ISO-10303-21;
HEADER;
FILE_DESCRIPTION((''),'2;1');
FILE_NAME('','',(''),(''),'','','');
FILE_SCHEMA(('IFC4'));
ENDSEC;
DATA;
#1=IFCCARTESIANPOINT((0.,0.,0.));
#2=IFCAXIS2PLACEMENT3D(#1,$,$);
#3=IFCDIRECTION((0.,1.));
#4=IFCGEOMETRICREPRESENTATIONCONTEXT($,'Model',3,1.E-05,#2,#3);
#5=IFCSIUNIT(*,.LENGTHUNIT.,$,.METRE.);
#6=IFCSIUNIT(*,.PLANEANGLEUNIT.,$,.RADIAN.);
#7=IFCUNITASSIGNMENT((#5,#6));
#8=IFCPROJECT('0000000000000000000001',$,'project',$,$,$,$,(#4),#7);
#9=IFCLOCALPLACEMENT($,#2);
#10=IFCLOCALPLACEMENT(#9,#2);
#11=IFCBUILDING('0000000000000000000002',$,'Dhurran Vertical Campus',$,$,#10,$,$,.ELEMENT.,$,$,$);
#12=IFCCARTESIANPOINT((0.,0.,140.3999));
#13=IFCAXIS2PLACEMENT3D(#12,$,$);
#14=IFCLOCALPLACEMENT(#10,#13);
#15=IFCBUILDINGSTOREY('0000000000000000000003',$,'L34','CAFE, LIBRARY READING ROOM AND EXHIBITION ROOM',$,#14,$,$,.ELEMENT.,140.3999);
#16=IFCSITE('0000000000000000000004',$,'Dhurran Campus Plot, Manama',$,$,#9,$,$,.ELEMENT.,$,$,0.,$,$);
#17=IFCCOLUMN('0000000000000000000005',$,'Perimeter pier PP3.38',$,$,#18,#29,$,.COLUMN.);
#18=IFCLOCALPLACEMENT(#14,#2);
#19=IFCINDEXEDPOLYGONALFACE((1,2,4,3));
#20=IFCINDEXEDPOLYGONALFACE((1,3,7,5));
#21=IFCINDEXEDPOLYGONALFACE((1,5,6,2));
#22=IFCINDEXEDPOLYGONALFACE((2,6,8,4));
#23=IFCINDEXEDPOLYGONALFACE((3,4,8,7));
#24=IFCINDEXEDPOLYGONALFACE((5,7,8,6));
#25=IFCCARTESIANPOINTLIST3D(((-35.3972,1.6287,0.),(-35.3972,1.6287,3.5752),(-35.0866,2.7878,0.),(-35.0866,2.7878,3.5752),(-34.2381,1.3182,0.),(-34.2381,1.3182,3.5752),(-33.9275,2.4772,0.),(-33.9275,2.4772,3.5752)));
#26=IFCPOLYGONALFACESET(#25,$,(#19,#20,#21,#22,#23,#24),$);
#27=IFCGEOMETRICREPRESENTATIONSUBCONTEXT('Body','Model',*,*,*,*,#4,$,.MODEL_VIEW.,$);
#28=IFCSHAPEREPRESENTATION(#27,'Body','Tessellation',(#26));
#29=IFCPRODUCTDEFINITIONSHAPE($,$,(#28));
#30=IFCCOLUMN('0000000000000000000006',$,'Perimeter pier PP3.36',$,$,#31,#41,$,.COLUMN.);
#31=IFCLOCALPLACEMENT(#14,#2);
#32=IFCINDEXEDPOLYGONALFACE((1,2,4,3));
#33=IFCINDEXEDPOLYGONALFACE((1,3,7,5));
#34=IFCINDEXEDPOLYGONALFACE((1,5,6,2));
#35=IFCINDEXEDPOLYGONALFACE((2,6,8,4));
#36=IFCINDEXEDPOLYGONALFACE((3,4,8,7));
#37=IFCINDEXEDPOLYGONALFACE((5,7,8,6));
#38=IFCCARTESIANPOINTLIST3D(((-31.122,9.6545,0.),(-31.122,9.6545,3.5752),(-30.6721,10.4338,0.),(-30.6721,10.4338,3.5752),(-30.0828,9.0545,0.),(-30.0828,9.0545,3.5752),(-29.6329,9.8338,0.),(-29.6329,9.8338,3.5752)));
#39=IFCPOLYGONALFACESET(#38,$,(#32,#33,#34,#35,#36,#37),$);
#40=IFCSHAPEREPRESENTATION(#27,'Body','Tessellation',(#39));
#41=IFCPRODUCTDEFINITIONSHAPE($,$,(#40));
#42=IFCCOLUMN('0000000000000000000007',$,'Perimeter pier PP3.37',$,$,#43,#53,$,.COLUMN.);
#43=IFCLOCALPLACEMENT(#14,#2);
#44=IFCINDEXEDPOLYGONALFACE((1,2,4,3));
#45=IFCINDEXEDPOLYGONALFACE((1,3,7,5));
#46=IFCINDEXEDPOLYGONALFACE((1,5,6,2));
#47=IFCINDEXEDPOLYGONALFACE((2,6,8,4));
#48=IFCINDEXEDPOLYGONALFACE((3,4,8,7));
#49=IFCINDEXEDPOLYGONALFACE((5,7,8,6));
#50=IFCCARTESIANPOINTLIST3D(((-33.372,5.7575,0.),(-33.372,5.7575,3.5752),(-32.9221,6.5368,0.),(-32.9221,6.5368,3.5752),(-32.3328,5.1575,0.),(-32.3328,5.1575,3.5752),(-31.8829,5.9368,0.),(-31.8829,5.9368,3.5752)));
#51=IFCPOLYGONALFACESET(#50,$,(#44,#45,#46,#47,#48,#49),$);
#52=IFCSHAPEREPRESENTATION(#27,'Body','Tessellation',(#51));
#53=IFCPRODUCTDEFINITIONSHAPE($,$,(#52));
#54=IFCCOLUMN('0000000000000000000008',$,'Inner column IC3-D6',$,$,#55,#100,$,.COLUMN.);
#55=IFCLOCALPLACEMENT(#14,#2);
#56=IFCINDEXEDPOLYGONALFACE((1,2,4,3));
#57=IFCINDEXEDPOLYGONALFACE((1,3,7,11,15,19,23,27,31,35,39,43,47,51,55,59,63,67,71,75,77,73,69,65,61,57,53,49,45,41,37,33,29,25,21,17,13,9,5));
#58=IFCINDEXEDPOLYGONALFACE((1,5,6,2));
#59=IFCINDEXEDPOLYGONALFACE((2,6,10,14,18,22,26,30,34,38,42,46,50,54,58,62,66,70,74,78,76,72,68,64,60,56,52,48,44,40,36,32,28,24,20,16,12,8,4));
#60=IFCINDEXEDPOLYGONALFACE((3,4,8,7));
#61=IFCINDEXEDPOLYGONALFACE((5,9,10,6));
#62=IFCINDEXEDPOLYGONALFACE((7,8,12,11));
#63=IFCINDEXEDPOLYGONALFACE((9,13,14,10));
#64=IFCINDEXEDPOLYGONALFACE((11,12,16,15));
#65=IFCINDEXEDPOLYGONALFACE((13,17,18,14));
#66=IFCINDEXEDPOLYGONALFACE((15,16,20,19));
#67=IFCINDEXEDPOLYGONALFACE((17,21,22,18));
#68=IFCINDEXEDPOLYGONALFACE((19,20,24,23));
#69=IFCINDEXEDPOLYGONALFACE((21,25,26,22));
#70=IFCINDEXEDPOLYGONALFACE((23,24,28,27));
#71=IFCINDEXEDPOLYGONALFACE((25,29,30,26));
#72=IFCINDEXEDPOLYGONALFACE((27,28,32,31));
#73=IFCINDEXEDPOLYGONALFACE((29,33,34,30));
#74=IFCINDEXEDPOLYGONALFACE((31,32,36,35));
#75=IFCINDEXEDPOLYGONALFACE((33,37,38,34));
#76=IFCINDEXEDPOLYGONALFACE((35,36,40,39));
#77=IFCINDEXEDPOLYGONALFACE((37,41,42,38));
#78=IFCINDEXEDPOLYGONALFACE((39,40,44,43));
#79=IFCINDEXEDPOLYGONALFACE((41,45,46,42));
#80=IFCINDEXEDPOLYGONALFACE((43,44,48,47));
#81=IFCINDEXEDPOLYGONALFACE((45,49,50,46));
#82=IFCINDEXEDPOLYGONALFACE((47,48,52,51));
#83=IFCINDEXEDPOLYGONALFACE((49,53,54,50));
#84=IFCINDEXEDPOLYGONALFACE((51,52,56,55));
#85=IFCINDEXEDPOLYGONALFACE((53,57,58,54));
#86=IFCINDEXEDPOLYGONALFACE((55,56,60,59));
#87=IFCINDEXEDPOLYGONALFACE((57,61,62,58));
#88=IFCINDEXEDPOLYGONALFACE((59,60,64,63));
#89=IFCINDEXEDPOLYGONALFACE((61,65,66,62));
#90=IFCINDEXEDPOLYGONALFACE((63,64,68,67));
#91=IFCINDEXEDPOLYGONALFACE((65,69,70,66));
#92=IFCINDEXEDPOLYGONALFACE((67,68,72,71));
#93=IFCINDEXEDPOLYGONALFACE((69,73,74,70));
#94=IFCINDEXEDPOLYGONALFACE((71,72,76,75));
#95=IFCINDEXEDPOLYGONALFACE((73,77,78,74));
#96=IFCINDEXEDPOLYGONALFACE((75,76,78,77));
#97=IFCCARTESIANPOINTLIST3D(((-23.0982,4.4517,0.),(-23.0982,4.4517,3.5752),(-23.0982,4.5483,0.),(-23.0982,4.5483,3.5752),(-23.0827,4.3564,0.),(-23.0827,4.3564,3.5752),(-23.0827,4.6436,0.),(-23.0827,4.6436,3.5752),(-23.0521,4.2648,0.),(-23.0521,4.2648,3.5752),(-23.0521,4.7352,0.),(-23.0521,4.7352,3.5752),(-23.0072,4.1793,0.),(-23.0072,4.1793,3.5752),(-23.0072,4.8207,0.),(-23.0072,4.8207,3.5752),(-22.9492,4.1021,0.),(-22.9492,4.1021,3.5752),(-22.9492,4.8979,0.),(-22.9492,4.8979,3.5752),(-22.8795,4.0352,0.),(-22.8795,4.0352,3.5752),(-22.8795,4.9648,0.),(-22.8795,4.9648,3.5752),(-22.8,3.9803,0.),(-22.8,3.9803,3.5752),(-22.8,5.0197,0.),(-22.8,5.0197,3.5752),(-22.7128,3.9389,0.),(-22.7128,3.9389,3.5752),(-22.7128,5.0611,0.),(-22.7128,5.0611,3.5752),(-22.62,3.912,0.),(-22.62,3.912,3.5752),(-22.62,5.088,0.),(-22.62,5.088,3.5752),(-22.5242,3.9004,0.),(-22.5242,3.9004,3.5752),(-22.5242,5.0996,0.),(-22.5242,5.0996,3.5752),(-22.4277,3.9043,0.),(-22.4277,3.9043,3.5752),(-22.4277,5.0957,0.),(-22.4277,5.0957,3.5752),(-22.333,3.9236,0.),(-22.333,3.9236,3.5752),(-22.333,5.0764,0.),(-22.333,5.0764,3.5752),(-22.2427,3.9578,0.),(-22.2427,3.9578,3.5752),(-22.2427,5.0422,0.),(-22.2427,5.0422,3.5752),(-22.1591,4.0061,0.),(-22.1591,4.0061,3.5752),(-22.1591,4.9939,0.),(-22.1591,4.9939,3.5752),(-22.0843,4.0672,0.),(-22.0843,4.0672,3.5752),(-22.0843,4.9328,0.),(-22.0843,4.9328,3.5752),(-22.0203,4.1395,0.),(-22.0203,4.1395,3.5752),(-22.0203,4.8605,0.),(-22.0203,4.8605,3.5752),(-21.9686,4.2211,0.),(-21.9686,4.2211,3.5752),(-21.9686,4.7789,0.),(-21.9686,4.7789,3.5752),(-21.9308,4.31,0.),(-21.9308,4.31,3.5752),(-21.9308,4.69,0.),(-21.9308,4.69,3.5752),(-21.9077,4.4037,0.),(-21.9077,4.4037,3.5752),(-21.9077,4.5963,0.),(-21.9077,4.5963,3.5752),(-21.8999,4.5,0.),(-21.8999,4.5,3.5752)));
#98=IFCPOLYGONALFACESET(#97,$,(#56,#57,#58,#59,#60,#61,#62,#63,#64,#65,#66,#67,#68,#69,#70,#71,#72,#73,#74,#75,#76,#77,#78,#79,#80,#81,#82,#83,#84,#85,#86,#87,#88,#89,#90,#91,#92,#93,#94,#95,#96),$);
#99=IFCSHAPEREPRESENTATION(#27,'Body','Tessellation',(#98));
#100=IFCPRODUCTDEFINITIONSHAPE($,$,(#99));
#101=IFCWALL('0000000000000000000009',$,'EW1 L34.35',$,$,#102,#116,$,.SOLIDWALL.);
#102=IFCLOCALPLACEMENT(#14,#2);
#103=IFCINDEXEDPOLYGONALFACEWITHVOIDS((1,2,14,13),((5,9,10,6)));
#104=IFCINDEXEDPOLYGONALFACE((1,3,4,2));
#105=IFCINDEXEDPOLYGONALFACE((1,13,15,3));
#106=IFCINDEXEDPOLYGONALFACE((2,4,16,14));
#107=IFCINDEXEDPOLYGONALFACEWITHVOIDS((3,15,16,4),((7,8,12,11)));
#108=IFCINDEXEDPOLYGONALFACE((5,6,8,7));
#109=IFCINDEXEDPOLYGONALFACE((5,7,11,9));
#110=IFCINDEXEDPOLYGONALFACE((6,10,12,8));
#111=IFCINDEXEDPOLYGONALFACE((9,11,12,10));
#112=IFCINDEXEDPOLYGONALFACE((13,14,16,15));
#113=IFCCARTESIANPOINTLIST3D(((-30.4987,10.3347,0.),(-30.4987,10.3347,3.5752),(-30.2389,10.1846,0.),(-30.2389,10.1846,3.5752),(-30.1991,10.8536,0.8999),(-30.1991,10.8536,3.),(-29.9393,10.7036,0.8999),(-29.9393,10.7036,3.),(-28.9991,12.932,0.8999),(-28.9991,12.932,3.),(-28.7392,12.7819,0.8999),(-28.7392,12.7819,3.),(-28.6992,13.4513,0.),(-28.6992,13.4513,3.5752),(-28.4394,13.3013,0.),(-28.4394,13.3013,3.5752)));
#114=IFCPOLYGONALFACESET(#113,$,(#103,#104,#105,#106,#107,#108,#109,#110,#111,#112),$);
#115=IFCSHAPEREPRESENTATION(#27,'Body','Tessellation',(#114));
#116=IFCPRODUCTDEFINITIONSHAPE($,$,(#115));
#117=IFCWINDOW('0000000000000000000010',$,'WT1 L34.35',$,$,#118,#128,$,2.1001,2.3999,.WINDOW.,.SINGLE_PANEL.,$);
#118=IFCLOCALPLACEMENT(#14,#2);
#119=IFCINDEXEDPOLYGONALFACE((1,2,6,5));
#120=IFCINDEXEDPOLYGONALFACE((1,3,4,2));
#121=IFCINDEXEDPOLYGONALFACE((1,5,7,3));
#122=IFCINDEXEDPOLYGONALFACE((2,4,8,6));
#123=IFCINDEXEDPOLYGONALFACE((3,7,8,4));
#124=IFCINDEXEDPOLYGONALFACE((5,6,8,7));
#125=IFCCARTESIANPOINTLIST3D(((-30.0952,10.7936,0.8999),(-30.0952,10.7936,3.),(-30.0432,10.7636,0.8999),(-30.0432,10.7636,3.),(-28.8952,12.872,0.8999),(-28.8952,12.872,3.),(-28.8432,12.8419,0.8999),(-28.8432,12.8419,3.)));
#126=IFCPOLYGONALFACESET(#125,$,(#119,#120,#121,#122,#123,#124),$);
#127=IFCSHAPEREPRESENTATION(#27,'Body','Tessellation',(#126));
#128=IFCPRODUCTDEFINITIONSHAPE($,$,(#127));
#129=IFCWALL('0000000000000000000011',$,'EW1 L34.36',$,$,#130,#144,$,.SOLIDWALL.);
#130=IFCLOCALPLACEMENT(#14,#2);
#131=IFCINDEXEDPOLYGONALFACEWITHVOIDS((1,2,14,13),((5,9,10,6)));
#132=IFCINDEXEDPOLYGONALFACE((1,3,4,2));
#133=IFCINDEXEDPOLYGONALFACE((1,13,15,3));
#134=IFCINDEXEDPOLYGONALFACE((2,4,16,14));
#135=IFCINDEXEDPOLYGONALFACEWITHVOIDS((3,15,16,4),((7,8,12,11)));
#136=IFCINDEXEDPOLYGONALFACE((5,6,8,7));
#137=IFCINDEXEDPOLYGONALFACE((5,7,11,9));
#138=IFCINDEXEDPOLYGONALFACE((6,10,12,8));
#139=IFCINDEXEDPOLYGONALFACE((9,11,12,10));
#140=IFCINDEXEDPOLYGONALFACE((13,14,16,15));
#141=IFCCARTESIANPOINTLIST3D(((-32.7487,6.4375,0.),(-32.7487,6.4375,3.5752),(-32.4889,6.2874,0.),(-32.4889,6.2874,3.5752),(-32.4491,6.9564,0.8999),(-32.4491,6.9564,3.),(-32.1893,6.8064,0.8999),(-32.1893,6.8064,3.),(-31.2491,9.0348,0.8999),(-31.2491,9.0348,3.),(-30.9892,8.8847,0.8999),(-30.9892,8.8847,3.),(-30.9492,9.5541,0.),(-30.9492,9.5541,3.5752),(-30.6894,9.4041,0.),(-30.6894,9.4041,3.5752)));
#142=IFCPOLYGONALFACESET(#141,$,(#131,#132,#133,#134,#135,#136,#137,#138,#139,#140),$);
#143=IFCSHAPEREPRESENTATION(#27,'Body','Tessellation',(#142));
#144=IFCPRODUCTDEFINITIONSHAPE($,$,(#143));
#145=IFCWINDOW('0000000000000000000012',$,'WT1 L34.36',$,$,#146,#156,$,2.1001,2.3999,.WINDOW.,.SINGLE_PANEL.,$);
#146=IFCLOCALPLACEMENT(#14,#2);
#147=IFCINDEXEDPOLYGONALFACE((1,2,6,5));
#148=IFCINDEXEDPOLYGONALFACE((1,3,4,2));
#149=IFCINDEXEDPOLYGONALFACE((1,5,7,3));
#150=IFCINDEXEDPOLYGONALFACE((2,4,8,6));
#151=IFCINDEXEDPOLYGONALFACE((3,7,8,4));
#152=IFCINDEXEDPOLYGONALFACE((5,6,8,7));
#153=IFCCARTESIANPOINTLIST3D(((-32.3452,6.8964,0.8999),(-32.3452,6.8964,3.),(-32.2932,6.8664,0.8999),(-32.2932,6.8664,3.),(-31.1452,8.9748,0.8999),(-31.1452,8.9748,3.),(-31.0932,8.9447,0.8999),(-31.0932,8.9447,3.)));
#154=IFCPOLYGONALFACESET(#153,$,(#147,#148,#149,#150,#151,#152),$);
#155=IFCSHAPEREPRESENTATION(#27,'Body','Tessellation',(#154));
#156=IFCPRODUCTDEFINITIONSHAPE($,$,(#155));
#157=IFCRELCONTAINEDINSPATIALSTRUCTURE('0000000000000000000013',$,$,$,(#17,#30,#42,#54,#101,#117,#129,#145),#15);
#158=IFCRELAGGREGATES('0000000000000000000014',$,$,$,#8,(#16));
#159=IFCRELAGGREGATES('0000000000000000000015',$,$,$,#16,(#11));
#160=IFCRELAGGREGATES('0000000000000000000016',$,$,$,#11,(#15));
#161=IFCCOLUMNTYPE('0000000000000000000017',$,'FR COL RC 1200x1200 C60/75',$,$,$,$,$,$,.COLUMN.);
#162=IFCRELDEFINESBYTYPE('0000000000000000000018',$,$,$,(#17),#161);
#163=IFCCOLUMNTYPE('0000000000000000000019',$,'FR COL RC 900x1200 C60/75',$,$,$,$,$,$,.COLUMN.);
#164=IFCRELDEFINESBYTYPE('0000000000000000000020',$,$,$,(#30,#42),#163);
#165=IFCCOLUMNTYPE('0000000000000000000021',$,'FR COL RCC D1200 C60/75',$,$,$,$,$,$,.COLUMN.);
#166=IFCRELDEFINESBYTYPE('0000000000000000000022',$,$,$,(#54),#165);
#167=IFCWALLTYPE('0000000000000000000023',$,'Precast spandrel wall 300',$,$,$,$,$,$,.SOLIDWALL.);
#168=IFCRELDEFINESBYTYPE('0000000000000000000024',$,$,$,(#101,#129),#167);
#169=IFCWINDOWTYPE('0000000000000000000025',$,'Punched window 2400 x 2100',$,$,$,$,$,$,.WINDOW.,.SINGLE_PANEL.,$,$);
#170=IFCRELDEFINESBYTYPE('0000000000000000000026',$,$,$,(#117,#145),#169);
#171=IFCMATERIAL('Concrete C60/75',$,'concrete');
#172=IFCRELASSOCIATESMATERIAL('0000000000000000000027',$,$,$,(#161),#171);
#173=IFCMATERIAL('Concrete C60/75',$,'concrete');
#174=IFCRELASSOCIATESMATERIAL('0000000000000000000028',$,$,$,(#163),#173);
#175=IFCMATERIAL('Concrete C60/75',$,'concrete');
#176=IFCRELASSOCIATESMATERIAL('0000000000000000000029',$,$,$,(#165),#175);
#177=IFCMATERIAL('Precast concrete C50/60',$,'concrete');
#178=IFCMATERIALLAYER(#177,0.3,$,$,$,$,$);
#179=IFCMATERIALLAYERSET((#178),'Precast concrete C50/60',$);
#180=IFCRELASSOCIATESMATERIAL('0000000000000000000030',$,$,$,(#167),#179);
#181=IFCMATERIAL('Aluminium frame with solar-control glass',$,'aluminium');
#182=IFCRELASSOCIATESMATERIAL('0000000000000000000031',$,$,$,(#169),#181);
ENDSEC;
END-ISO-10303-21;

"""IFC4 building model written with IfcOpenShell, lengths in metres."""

from ifc_helpers import new_model, si_unit, direction, frame, frame_2d, origin, origin_2d, place, context, subcontext, project, spatial, rectangle, circle, extrude, material, layer, layer_set, material_profile, profile_set, type_object, element, fill, save


model = new_model("IFC4")

# Units and contexts
model_context = context("Model", 3, precision=1e-05, world=origin(), true_north=direction((0.0, 1.0)))
body_context = subcontext(model_context, "Body", "Model", "MODEL_VIEW")
ifc_project = project(units=[si_unit("LENGTHUNIT", "METRE"), si_unit("PLANEANGLEUNIT", "RADIAN")], contexts=[model_context])

# Site, building, storey
site_placement = place(None, origin())
site = spatial("IfcSite", under=ifc_project, at=site_placement, Name="Dhurran Campus Plot, Manama", CompositionType="ELEMENT", RefElevation=0.0)
building_placement = place(site_placement, origin())
building = spatial("IfcBuilding", under=site, at=building_placement, Name="Dhurran Vertical Campus", CompositionType="ELEMENT")
storey_placement = place(building_placement, frame((0.0, 0.0, 140.3999)))
storey = spatial("IfcBuildingStorey", under=building, at=storey_placement, Name="L34", Description="CAFE, LIBRARY READING ROOM AND EXHIBITION ROOM", CompositionType="ELEMENT", Elevation=140.3999)

# Columns
ifc_material_1 = material(Name="Concrete C60/75", Category="concrete")
ifc_material_profile_1 = material_profile(ifc_material_1, rectangle(XDim=1.2, YDim=1.2, at=origin_2d()), Name="RC 1200x1200")
ifc_profile_set_1 = profile_set([ifc_material_profile_1], Name="Concrete C60/75")
column_type_1 = type_object("IfcColumnType", Name="FR COL RC 1200x1200 C60/75", PredefinedType="COLUMN", material=ifc_profile_set_1)
column_1_placement = place(storey_placement, frame((-34.6624, 2.053, 0.0), z_axis=(0.0, 0.0, 1.0), x_axis=(-0.258819, -0.965926, 0.0)))
element("IfcColumn", 1, at=column_1_placement, inside=storey, type_object=column_type_1, Name="Perimeter pier PP3.38", PredefinedType="COLUMN", context=body_context, shape_type="SweptSolid", body=[
    extrude(rectangle(XDim=1.2, YDim=1.2, at=origin_2d()), origin(), (0.0, 0.0, 1.0), 3.5752),
])
ifc_material_2 = material(Name="Concrete C60/75", Category="concrete")
ifc_material_profile_2 = material_profile(ifc_material_2, rectangle(XDim=0.8999, YDim=1.2, at=origin_2d()), Name="RC 900x1200")
ifc_profile_set_2 = profile_set([ifc_material_profile_2], Name="Concrete C60/75")
column_type_2 = type_object("IfcColumnType", Name="FR COL RC 900x1200 C60/75", PredefinedType="COLUMN", material=ifc_profile_set_2)
for number, where, z_axis, x_axis, name in (
    (2, (-30.3774, 9.7441, 0.0), (0.0, 0.0, 1.0), (-0.5, -0.866025, 0.0), "Perimeter pier PP3.36"),
    (3, (-32.6274, 5.8472, 0.0), (0.0, 0.0, 1.0), (-0.5, -0.866025, 0.0), "Perimeter pier PP3.37"),
):
    element("IfcColumn", number, at=place(storey_placement, frame(where, z_axis=z_axis, x_axis=x_axis)), inside=storey, type_object=column_type_2, Name=name, PredefinedType="COLUMN", context=body_context, shape_type="SweptSolid", body=[
        extrude(rectangle(XDim=0.8999, YDim=1.2, at=origin_2d()), origin(), (0.0, 0.0, 1.0), 3.5752),
    ])
ifc_material_3 = material(Name="Concrete C60/75", Category="concrete")
ifc_material_profile_3 = material_profile(ifc_material_3, circle(Radius=0.6001, at=origin_2d()), Name="RCC D1200")
ifc_profile_set_3 = profile_set([ifc_material_profile_3], Name="Concrete C60/75")
column_type_3 = type_object("IfcColumnType", Name="FR COL RCC D1200 C60/75", PredefinedType="COLUMN", material=ifc_profile_set_3)
column_2_placement = place(storey_placement, frame((-22.5, 4.5, 0.0), z_axis=(0.0, 0.0, 1.0), x_axis=(1.0, 0.0, 0.0)))
element("IfcColumn", 4, at=column_2_placement, inside=storey, type_object=column_type_3, Name="Inner column IC3-D6", PredefinedType="COLUMN", context=body_context, shape_type="SweptSolid", body=[
    extrude(circle(Radius=0.6001, at=origin_2d()), origin(), (0.0, 0.0, 1.0), 3.5752),
])

# Walls, openings, windows
ifc_material_4 = material(Name="Precast concrete C50/60", Category="concrete")
ifc_layer_1 = layer(ifc_material_4, 0.3)
ifc_layer_set_1 = layer_set([ifc_layer_1], Name="Precast concrete C50/60")
wall_type_1 = type_object("IfcWallType", Name="Precast spandrel wall 300", PredefinedType="SOLIDWALL", material=ifc_layer_set_1)
wall_1_placement = place(storey_placement, frame((-28.5693, 13.3762, 0.0), z_axis=(0.0, 0.0, 1.0), x_axis=(-0.500028, -0.866009, 0.0)))
wall_1 = element("IfcWall", 5, at=wall_1_placement, inside=storey, type_object=wall_type_1, Name="EW1 L34.35", PredefinedType="SOLIDWALL", context=body_context, shape_type="SweptSolid", body=[
    extrude(rectangle(XDim=3.5989, YDim=0.3, at=frame_2d((1.7993, 0.0))), origin(), (0.0, 0.0, 1.0), 3.5752),
])
opening_1_placement = place(wall_1_placement, frame((0.5996, 0.0, 0.8999)))
opening_1 = element("IfcOpeningElement", 6, at=opening_1_placement, cuts=wall_1, PredefinedType="OPENING", context=body_context, shape_type="SweptSolid", body=[
    extrude(rectangle(XDim=2.3999, YDim=2.1001, at=frame_2d((1.2, 1.05))), frame((0.0, 0.1599, 0.0), z_axis=(0.0, -1.0, 0.0), x_axis=(1.0, 0.0, 0.0)), (0.0, 0.0, 1.0), 0.3201),
])
ifc_material_5 = material(Name="Aluminium frame with solar-control glass", Category="aluminium")
window_type = type_object("IfcWindowType", Name="Punched window 2400 x 2100", PartitioningType="SINGLE_PANEL", PredefinedType="WINDOW", material=ifc_material_5)
window_1_placement = place(opening_1_placement, origin())
window_1 = element("IfcWindow", 7, at=window_1_placement, inside=storey, type_object=window_type, Name="WT1 L34.35", OverallHeight=2.1001, OverallWidth=2.3999, PartitioningType="SINGLE_PANEL", PredefinedType="WINDOW", context=body_context, shape_type="SweptSolid", body=[
    extrude(rectangle(XDim=2.3999, YDim=2.1001, at=frame_2d((1.2, 1.05))), frame((0.0, 0.03, 0.0), z_axis=(0.0, -1.0, 0.0), x_axis=(1.0, 0.0, 0.0)), (0.0, 0.0, 1.0), 0.0601),
])
fill(opening_1, window_1)
wall_2_placement = place(storey_placement, frame((-30.8193, 9.479, 0.0), z_axis=(0.0, 0.0, 1.0), x_axis=(-0.500028, -0.866009, 0.0)))
wall_2 = element("IfcWall", 8, at=wall_2_placement, inside=storey, type_object=wall_type_1, Name="EW1 L34.36", PredefinedType="SOLIDWALL", context=body_context, shape_type="SweptSolid", body=[
    extrude(rectangle(XDim=3.5989, YDim=0.3, at=frame_2d((1.7993, 0.0))), origin(), (0.0, 0.0, 1.0), 3.5752),
])
opening_2_placement = place(wall_2_placement, frame((0.5996, 0.0, 0.8999)))
opening_2 = element("IfcOpeningElement", 9, at=opening_2_placement, cuts=wall_2, PredefinedType="OPENING", context=body_context, shape_type="SweptSolid", body=[
    extrude(rectangle(XDim=2.3999, YDim=2.1001, at=frame_2d((1.2, 1.05))), frame((0.0, 0.1599, 0.0), z_axis=(0.0, -1.0, 0.0), x_axis=(1.0, 0.0, 0.0)), (0.0, 0.0, 1.0), 0.3201),
])
window_2_placement = place(opening_2_placement, origin())
window_2 = element("IfcWindow", 10, at=window_2_placement, inside=storey, type_object=window_type, Name="WT1 L34.36", OverallHeight=2.1001, OverallWidth=2.3999, PartitioningType="SINGLE_PANEL", PredefinedType="WINDOW", context=body_context, shape_type="SweptSolid", body=[
    extrude(rectangle(XDim=2.3999, YDim=2.1001, at=frame_2d((1.2, 1.05))), frame((0.0, 0.03, 0.0), z_axis=(0.0, -1.0, 0.0), x_axis=(1.0, 0.0, 0.0)), (0.0, 0.0, 1.0), 0.0601),
])
fill(opening_2, window_2)

save(model, "model.ifc")
